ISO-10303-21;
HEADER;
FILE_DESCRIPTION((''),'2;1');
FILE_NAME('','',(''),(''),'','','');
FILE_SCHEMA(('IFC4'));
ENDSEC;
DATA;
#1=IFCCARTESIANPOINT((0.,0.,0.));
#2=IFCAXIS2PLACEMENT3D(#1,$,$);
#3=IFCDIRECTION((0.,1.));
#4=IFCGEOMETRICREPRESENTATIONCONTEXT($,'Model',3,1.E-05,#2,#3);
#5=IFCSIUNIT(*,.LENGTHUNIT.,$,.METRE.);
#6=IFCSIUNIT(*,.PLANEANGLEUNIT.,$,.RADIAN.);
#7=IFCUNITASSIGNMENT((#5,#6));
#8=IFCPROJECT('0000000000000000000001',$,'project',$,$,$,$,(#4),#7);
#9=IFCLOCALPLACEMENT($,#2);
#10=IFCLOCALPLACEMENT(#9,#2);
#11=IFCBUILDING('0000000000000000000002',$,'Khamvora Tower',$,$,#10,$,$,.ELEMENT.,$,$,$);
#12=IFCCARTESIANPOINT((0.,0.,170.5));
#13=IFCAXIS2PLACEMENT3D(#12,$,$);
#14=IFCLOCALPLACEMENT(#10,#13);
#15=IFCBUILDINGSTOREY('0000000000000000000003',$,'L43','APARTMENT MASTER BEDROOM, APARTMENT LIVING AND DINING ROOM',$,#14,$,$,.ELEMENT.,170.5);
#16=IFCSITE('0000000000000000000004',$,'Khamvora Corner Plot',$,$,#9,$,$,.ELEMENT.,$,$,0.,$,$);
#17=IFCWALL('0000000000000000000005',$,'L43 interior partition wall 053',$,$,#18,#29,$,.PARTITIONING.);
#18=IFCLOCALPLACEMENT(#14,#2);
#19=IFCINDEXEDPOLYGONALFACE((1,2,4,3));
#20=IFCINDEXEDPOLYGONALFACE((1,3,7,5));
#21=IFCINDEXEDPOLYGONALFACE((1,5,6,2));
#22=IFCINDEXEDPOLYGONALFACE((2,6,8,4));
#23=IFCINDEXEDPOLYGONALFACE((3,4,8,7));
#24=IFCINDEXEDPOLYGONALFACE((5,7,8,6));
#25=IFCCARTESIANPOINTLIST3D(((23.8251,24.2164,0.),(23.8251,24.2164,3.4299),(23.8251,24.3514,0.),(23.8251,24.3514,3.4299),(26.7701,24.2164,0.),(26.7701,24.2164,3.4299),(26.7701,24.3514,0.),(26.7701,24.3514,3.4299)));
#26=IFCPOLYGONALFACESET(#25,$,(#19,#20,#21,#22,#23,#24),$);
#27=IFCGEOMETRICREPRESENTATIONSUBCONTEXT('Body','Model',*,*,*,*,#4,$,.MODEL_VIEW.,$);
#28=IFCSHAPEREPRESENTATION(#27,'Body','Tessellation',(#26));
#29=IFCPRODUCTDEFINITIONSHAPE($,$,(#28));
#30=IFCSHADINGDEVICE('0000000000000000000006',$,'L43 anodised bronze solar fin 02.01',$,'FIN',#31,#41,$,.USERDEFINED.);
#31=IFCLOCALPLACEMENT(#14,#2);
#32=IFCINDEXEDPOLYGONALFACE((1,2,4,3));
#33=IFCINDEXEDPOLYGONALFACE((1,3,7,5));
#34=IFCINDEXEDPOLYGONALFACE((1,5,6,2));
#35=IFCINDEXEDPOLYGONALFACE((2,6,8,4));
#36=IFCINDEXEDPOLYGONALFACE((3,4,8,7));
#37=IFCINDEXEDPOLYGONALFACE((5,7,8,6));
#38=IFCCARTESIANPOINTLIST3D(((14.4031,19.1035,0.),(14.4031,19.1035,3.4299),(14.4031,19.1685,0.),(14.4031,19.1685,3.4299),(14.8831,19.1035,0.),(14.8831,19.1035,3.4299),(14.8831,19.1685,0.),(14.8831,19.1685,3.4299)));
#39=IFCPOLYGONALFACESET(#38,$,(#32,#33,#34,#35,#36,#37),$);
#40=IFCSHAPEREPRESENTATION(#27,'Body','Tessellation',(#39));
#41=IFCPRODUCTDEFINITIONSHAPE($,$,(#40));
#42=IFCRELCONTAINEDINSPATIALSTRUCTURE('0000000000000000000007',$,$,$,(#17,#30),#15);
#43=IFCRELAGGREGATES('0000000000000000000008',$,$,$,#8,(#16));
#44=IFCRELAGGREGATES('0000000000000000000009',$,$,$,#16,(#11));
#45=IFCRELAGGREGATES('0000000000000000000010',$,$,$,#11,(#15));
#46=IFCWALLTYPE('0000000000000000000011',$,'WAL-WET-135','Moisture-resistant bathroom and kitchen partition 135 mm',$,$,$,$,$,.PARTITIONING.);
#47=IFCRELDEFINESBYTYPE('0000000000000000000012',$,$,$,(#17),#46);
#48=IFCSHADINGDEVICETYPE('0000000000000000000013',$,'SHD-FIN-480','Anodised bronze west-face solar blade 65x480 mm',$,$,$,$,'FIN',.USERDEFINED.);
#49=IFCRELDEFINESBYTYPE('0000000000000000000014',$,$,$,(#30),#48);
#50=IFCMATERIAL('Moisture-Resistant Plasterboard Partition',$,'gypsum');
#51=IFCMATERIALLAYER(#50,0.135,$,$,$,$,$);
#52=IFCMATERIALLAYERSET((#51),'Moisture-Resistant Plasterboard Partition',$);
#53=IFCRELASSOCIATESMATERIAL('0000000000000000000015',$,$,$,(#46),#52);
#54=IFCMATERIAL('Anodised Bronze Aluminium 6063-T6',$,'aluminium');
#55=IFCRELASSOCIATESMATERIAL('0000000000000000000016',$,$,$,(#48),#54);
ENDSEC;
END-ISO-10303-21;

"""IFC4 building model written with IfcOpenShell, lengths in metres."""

from ifc_helpers import new_model, si_unit, direction, frame, frame_2d, origin, origin_2d, place, context, subcontext, project, spatial, rectangle, extrude, material, layer, layer_set, type_object, element, save


model = new_model("IFC4")

# Units and contexts
model_context = context("Model", 3, precision=1e-05, world=origin(), true_north=direction((0.0, 1.0)))
body_context = subcontext(model_context, "Body", "Model", "MODEL_VIEW")
ifc_project = project(units=[si_unit("LENGTHUNIT", "METRE"), si_unit("PLANEANGLEUNIT", "RADIAN")], contexts=[model_context])

# Site, building, storey
site_placement = place(None, origin())
site = spatial("IfcSite", under=ifc_project, at=site_placement, Name="Khamvora Corner Plot", CompositionType="ELEMENT", RefElevation=0.0)
building_placement = place(site_placement, origin())
building = spatial("IfcBuilding", under=site, at=building_placement, Name="Khamvora Tower", CompositionType="ELEMENT")
storey_placement = place(building_placement, frame((0.0, 0.0, 170.5)))
storey = spatial("IfcBuildingStorey", under=building, at=storey_placement, Name="L43", Description="APARTMENT MASTER BEDROOM, APARTMENT LIVING AND DINING ROOM", CompositionType="ELEMENT", Elevation=170.5)

# Wall
ifc_material_1 = material(Name="Moisture-Resistant Plasterboard Partition", Category="gypsum")
ifc_layer_1 = layer(ifc_material_1, 0.135)
ifc_layer_set_1 = layer_set([ifc_layer_1], Name="Moisture-Resistant Plasterboard Partition")
wall_type_1 = type_object("IfcWallType", Name="WAL-WET-135", Description="Moisture-resistant bathroom and kitchen partition 135 mm", PredefinedType="PARTITIONING", material=ifc_layer_set_1)
wall_1_placement = place(storey_placement, frame((23.825, 24.2839, 0.0), z_axis=(0.0, 0.0, 1.0), x_axis=(1.0, 0.0, 0.0)))
element("IfcWall", 1, at=wall_1_placement, inside=storey, type_object=wall_type_1, Name="L43 interior partition wall 053", PredefinedType="PARTITIONING", context=body_context, shape_type="SweptSolid", body=[
    extrude(rectangle(XDim=2.9451, YDim=0.135, at=frame_2d((1.4727, 0.0))), origin(), (0.0, 0.0, 1.0), 3.4299),
])

# Shading device
ifc_material_2 = material(Name="Anodised Bronze Aluminium 6063-T6", Category="aluminium")
shading_device_type = type_object("IfcShadingDeviceType", Name="SHD-FIN-480", Description="Anodised bronze west-face solar blade 65x480 mm", ElementType="FIN", PredefinedType="USERDEFINED", material=ifc_material_2)
shading_device_placement = place(storey_placement, frame((14.6431, 19.136, 0.0), z_axis=(0.0, 0.0, 1.0), x_axis=(0.0, 1.0, 0.0)))
element("IfcShadingDevice", 2, at=shading_device_placement, inside=storey, type_object=shading_device_type, Name="L43 anodised bronze solar fin 02.01", ObjectType="FIN", PredefinedType="USERDEFINED", context=body_context, shape_type="SweptSolid", body=[
    extrude(rectangle(XDim=0.0649, YDim=0.48, at=origin_2d()), origin(), (0.0, 0.0, 1.0), 3.4299),
])

save(model, "model.ifc")
